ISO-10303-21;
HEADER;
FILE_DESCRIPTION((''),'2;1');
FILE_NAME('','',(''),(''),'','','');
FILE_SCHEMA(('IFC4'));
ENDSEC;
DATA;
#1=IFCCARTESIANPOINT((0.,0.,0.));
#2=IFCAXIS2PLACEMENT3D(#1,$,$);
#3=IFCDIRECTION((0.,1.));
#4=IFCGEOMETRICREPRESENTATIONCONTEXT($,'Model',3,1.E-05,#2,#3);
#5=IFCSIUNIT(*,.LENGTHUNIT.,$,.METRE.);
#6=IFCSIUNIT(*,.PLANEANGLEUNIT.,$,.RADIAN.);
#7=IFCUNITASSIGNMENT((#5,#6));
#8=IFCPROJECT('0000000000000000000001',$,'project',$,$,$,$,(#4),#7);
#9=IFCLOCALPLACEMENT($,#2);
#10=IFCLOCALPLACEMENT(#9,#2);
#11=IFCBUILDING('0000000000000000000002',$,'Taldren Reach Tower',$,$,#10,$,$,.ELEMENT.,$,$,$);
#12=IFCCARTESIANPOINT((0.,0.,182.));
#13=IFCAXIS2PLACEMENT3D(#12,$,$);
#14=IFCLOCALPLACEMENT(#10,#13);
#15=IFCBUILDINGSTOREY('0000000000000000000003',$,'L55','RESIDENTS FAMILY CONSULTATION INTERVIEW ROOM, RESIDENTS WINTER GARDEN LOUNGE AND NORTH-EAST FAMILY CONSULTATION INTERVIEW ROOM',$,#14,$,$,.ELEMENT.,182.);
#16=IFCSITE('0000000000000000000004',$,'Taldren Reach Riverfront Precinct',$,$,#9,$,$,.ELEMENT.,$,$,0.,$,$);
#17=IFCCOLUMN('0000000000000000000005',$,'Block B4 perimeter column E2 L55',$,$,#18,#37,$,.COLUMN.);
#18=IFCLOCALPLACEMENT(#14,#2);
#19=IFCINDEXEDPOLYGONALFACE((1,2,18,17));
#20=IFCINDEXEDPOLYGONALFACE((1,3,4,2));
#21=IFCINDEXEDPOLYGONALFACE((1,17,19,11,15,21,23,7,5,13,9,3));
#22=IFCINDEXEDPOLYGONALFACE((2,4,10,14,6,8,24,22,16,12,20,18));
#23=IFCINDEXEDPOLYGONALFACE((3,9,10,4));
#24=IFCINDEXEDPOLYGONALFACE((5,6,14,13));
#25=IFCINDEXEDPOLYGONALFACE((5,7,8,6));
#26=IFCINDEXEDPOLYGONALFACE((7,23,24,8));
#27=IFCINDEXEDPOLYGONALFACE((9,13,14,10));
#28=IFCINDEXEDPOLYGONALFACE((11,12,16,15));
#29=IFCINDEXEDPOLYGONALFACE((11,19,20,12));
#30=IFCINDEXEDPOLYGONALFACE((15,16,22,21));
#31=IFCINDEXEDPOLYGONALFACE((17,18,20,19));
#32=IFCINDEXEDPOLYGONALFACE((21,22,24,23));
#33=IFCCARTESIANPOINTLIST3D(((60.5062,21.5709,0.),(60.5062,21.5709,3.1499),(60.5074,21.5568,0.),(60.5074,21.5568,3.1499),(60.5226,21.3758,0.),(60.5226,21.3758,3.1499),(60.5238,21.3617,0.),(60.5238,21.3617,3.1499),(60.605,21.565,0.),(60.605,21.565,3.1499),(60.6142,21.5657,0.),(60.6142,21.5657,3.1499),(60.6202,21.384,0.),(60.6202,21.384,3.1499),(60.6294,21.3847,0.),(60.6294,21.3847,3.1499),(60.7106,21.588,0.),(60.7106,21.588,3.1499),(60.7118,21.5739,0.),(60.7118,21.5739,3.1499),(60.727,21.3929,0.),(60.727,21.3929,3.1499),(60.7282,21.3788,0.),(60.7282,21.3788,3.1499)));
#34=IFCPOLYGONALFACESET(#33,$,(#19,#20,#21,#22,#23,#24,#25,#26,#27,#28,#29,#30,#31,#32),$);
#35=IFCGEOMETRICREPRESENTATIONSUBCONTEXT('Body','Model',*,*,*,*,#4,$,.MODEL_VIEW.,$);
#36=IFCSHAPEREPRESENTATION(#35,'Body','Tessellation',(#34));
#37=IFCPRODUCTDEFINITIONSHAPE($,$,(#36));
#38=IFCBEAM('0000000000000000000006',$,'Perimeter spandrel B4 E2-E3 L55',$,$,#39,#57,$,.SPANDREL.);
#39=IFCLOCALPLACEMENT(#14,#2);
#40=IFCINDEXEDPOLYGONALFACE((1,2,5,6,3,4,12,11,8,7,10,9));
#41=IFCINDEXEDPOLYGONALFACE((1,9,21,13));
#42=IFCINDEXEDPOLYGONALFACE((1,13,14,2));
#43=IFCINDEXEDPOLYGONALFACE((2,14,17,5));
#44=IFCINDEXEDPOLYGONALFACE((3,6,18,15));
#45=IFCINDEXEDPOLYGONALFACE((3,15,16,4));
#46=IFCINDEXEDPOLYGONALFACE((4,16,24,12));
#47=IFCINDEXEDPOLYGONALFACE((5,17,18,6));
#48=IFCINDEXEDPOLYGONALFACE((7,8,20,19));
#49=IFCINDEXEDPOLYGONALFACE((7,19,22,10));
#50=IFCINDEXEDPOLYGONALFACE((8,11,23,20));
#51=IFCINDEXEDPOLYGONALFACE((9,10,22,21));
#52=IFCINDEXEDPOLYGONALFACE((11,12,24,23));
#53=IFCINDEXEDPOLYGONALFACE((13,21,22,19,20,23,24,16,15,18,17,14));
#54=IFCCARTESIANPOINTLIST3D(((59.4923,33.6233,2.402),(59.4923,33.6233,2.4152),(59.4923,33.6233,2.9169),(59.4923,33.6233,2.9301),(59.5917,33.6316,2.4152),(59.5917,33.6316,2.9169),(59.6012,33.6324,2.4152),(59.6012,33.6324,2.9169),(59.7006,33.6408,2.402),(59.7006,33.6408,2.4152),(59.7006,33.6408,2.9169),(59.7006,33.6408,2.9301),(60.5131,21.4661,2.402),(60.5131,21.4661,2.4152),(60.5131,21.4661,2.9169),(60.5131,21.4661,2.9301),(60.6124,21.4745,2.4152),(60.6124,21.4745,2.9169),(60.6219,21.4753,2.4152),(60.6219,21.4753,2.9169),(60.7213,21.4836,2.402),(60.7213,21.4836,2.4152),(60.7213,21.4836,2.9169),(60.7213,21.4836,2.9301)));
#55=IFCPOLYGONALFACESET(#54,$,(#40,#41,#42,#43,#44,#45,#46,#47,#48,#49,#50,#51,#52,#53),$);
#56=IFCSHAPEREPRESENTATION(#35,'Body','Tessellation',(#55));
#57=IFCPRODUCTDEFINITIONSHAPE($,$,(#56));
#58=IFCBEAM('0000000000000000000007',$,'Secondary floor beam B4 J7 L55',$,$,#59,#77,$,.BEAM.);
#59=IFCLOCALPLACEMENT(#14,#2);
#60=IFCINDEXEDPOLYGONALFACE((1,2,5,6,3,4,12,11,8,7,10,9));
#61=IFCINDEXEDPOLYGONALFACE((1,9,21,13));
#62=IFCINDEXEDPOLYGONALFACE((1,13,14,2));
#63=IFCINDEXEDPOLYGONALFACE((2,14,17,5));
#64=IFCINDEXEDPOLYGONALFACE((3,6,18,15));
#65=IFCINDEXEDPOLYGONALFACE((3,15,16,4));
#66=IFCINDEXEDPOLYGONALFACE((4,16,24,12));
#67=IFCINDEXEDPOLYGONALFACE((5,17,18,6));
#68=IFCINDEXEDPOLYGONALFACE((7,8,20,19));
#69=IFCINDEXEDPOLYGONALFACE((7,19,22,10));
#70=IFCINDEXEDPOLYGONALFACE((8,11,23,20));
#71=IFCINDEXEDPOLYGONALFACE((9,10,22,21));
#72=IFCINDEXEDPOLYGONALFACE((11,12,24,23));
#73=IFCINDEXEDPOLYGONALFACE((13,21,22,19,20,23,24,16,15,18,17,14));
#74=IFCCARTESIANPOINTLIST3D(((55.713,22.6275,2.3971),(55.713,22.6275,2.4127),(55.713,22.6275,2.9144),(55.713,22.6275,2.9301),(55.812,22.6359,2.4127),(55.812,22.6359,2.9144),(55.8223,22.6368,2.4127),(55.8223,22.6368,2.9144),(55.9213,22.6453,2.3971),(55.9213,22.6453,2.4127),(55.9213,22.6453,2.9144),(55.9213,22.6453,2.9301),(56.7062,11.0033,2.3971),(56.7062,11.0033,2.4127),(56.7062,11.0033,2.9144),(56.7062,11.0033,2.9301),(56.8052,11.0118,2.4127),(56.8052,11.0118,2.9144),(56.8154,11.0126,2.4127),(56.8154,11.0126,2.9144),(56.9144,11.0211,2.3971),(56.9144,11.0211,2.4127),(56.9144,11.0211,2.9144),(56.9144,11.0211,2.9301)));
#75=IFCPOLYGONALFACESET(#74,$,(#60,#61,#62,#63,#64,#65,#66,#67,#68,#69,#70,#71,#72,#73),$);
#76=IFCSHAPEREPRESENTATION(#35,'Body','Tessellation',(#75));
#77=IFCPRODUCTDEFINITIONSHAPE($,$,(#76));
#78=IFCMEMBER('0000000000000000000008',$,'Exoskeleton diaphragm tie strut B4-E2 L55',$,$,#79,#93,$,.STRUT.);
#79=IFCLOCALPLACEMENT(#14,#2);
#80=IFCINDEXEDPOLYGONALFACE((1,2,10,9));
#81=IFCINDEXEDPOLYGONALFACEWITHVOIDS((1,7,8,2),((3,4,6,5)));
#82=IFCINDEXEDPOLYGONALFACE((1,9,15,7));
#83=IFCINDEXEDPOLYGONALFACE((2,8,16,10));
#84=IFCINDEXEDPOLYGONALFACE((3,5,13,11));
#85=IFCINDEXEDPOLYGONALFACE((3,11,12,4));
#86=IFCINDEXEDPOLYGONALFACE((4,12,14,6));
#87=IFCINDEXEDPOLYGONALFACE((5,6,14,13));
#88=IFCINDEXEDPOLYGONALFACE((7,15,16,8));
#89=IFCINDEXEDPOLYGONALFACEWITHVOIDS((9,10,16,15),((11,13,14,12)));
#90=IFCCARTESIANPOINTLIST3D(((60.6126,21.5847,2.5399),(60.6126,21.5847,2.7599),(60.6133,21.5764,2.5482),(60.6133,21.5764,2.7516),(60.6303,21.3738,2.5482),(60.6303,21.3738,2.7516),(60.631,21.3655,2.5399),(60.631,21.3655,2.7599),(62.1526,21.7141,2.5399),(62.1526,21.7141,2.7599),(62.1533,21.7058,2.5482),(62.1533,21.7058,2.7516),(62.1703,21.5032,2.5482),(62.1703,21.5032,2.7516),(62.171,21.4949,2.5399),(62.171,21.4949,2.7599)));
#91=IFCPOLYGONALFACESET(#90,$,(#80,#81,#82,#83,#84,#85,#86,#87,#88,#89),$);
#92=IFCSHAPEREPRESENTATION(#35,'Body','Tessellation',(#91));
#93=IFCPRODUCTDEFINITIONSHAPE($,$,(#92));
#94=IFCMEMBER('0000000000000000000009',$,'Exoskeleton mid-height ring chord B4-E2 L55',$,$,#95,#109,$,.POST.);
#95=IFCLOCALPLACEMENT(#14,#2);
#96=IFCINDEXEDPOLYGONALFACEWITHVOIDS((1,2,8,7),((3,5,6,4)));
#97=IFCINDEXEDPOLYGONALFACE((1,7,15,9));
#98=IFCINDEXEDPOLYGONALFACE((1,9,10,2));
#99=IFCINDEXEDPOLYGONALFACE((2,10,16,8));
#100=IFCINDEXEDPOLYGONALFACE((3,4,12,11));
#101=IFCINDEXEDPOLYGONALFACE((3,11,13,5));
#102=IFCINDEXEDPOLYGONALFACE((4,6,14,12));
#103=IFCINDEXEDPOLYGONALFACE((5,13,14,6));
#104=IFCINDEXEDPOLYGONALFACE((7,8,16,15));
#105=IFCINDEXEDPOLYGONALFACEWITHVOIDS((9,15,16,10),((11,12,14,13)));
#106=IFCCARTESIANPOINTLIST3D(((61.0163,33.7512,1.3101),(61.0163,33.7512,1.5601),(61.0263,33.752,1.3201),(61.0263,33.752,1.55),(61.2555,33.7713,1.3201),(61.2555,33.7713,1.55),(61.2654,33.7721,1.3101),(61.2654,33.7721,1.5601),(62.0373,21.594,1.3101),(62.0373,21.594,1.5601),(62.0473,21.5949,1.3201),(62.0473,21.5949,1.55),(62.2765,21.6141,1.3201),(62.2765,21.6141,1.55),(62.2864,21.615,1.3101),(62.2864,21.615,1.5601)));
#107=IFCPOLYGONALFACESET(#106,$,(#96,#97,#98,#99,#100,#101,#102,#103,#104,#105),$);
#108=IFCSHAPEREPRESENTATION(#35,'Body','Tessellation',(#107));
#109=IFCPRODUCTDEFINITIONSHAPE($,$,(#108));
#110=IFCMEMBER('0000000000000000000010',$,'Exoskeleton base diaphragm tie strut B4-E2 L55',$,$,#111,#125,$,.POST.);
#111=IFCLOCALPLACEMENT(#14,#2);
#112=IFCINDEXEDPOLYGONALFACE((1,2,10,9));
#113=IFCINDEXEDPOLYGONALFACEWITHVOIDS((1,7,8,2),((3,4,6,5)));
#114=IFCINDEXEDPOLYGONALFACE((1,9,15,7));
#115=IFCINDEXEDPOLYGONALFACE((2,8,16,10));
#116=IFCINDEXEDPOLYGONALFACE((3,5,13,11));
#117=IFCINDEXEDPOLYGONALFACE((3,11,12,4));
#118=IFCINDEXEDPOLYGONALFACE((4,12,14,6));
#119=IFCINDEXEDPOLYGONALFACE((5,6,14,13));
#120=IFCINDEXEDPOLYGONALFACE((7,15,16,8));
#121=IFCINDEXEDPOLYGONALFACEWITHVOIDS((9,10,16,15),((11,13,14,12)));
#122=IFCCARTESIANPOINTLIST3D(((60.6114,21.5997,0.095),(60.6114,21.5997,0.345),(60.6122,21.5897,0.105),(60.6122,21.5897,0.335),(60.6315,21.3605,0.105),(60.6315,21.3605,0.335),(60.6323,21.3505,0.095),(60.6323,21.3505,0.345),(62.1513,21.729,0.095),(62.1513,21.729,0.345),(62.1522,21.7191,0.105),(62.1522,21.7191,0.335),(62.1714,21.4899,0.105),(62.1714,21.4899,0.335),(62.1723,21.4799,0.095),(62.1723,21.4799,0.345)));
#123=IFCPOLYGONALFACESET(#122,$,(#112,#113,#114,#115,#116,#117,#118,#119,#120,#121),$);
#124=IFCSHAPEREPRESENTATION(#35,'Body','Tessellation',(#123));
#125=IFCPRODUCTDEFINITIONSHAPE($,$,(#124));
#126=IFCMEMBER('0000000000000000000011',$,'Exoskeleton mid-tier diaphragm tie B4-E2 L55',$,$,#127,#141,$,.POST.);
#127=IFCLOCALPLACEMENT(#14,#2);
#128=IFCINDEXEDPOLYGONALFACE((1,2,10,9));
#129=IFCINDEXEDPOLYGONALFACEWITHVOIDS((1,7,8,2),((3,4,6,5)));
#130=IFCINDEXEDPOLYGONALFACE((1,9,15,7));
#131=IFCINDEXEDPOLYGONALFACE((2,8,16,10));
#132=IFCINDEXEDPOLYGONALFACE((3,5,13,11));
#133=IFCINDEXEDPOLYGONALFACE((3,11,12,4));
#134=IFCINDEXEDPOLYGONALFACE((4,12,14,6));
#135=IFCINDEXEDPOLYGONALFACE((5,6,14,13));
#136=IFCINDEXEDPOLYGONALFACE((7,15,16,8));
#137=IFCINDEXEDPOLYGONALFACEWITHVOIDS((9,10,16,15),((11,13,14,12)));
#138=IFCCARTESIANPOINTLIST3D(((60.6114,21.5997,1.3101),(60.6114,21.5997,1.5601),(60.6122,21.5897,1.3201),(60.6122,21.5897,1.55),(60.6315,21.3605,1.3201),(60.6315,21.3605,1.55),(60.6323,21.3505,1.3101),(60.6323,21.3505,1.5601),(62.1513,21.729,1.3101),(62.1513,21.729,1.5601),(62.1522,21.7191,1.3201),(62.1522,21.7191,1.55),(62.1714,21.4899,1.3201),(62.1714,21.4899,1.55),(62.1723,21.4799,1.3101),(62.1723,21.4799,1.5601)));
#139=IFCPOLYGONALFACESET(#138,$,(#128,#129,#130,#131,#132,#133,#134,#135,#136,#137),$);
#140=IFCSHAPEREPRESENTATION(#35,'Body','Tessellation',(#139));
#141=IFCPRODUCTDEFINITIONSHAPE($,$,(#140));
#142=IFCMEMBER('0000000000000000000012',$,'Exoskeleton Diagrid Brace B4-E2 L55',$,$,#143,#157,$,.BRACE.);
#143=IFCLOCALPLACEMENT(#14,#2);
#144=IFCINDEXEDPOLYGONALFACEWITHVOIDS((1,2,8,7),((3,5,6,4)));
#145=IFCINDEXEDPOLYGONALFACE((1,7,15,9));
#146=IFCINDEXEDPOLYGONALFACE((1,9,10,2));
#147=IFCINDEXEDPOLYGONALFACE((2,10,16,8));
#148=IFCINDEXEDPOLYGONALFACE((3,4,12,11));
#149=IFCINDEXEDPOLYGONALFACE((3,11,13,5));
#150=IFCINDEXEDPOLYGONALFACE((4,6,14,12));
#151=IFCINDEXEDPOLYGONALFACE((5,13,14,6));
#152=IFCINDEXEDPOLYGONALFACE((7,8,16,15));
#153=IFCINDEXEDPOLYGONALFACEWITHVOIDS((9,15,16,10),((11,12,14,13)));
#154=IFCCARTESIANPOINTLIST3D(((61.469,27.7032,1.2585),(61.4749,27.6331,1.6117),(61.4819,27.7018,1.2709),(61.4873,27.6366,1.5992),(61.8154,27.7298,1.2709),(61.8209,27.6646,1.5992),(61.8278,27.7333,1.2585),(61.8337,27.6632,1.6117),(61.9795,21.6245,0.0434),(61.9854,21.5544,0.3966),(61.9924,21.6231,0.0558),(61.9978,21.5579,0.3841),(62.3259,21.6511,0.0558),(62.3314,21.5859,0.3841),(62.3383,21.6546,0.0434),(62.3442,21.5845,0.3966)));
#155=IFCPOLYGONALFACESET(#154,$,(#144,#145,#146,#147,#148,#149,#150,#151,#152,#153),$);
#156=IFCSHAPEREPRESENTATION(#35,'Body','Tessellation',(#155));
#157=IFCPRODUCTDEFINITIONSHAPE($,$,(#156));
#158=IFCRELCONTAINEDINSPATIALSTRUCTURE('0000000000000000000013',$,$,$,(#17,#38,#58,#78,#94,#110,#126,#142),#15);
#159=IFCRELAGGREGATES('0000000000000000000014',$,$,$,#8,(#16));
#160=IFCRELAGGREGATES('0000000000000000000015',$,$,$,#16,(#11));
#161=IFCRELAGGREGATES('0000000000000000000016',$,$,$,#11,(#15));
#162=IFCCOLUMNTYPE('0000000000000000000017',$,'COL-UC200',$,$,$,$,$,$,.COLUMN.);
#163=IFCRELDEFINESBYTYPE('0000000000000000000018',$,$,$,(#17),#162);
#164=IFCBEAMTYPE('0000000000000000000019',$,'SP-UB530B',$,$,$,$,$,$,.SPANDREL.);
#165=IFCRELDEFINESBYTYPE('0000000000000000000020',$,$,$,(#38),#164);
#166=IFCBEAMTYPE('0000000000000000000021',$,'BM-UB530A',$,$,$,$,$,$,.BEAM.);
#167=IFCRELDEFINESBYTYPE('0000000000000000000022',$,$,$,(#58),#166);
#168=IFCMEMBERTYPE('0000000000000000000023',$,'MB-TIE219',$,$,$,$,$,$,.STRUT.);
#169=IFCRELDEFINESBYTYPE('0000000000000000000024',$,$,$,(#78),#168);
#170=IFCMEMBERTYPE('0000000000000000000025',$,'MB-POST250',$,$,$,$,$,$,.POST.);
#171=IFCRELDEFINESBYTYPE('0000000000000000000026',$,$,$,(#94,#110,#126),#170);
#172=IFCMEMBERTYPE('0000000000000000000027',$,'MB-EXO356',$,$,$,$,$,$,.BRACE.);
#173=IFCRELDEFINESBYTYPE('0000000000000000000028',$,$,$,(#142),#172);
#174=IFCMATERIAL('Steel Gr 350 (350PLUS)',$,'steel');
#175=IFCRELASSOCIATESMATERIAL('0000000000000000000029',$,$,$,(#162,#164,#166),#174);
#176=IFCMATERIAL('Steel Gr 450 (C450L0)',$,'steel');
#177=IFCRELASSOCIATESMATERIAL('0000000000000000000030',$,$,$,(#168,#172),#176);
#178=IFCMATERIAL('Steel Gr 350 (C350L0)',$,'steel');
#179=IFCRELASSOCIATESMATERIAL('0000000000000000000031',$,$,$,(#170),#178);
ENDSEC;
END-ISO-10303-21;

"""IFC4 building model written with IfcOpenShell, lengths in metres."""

from ifc_helpers import new_model, si_unit, direction, frame, origin, origin_2d, place, context, subcontext, project, spatial, hollow_rectangle, i_section, extrude, source, transform, mapped, material, material_profile, profile_set, type_object, element, save


model = new_model("IFC4")

# Units and contexts
model_context = context("Model", 3, precision=1e-05, world=origin(), true_north=direction((0.0, 1.0)))
body_context = subcontext(model_context, "Body", "Model", "MODEL_VIEW")
ifc_project = project(units=[si_unit("LENGTHUNIT", "METRE"), si_unit("PLANEANGLEUNIT", "RADIAN")], contexts=[model_context])

# Site, building, storey
site_placement = place(None, origin())
site = spatial("IfcSite", under=ifc_project, at=site_placement, Name="Taldren Reach Riverfront Precinct", CompositionType="ELEMENT", RefElevation=0.0)
building_placement = place(site_placement, origin())
building = spatial("IfcBuilding", under=site, at=building_placement, Name="Taldren Reach Tower", CompositionType="ELEMENT")
storey_placement = place(building_placement, frame((0.0, 0.0, 182.0)))
storey = spatial("IfcBuildingStorey", under=building, at=storey_placement, Name="L55", Description="RESIDENTS FAMILY CONSULTATION INTERVIEW ROOM, RESIDENTS WINTER GARDEN LOUNGE AND NORTH-EAST FAMILY CONSULTATION INTERVIEW ROOM", CompositionType="ELEMENT", Elevation=182.0)

# Column
ifc_material_1 = material(Name="Steel Gr 350 (350PLUS)", Category="steel")
ifc_material_profile_1 = material_profile(ifc_material_1, i_section(OverallWidth=0.2051, OverallDepth=0.21, WebThickness=0.0093, FlangeThickness=0.0142, at=origin_2d()), Name="200UC59.5")
ifc_profile_set_1 = profile_set([ifc_material_profile_1], Name="Steel Gr 350 (350PLUS)")
column_type = type_object("IfcColumnType", Name="COL-UC200", PredefinedType="COLUMN", material=ifc_profile_set_1)
shared_shape_1 = source(origin(), body_context, "Body", "SweptSolid", [
    extrude(i_section(OverallWidth=0.2051, OverallDepth=0.21, WebThickness=0.0093, FlangeThickness=0.0142, at=origin_2d()), origin(), (0.0, 0.0, 1.0), 3.1499),
])
column_placement = place(storey_placement, frame((60.6172, 21.4749, 0.0), z_axis=(0.0, 0.0, 1.0), x_axis=(0.996493, 0.083678, 0.0)))
element("IfcColumn", 1, at=column_placement, inside=storey, type_object=column_type, Name="Block B4 perimeter column E2 L55", PredefinedType="COLUMN", context=body_context, shape_type="MappedRepresentation", body=[
    mapped(shared_shape_1, transform((0.0, 0.0, 0.0), scale=1.0)),
])

# Beams
ifc_material_profile_2 = material_profile(ifc_material_1, i_section(OverallWidth=0.209, OverallDepth=0.5281, WebThickness=0.0095, FlangeThickness=0.0132, at=origin_2d()), Name="530UB82.0")
ifc_profile_set_2 = profile_set([ifc_material_profile_2], Name="Steel Gr 350 (350PLUS)")
beam_type_1 = type_object("IfcBeamType", Name="SP-UB530B", PredefinedType="SPANDREL", material=ifc_profile_set_2)
shared_shape_2 = source(origin(), body_context, "Body", "SweptSolid", [
    extrude(i_section(OverallWidth=0.209, OverallDepth=0.5281, WebThickness=0.0095, FlangeThickness=0.0132, at=origin_2d()), origin(), (0.0, 0.0, 1.0), 12.2),
])
beam_1_placement = place(storey_placement, frame((60.6172, 21.4749, 2.666), z_axis=(-0.083668, 0.996494, 0.0), x_axis=(-0.996494, -0.083668, 0.0)))
element("IfcBeam", 2, at=beam_1_placement, inside=storey, type_object=beam_type_1, Name="Perimeter spandrel B4 E2-E3 L55", PredefinedType="SPANDREL", context=body_context, shape_type="MappedRepresentation", body=[
    mapped(shared_shape_2, transform((0.0, 0.0, 0.0), scale=1.0)),
])
ifc_material_profile_3 = material_profile(ifc_material_1, i_section(OverallWidth=0.209, OverallDepth=0.533, WebThickness=0.0103, FlangeThickness=0.0156, at=origin_2d()), Name="530UB92.4")
ifc_profile_set_3 = profile_set([ifc_material_profile_3], Name="Steel Gr 350 (350PLUS)")
beam_type_2 = type_object("IfcBeamType", Name="BM-UB530A", PredefinedType="BEAM", material=ifc_profile_set_3)
shared_shape_3 = source(origin(), body_context, "Body", "SweptSolid", [
    extrude(i_section(OverallWidth=0.209, OverallDepth=0.533, WebThickness=0.0103, FlangeThickness=0.0156, at=origin_2d()), origin(), (0.0, 0.0, 1.0), 11.6665),
])
beam_2_placement = place(storey_placement, frame((56.8103, 11.0122, 2.6636), z_axis=(-0.085129, 0.99637, 0.0), x_axis=(-0.99637, -0.085129, 0.0)))
element("IfcBeam", 3, at=beam_2_placement, inside=storey, type_object=beam_type_2, Name="Secondary floor beam B4 J7 L55", PredefinedType="BEAM", context=body_context, shape_type="MappedRepresentation", body=[
    mapped(shared_shape_3, transform((0.0, 0.0, 0.0), scale=1.0)),
])

# Members
ifc_material_2 = material(Name="Steel Gr 450 (C450L0)", Category="steel")
ifc_material_profile_4 = material_profile(ifc_material_2, hollow_rectangle(XDim=0.22, YDim=0.22, WallThickness=0.0083, at=origin_2d()), Name="220x220x8.2SHS")
ifc_profile_set_4 = profile_set([ifc_material_profile_4], Name="Steel Gr 450 (C450L0)")
member_type_1 = type_object("IfcMemberType", Name="MB-TIE219", PredefinedType="STRUT", material=ifc_profile_set_4)
shared_shape_4 = source(origin(), body_context, "Body", "SweptSolid", [
    extrude(hollow_rectangle(XDim=0.22, YDim=0.22, WallThickness=0.0083, at=origin_2d()), origin(), (0.0, 0.0, 1.0), 1.5454),
])
member_1_placement = place(storey_placement, frame((60.6218, 21.4751, 2.6499), z_axis=(0.996489, 0.083725, 0.0), x_axis=(-0.083725, 0.996489, 0.0)))
element("IfcMember", 4, at=member_1_placement, inside=storey, type_object=member_type_1, Name="Exoskeleton diaphragm tie strut B4-E2 L55", PredefinedType="STRUT", context=body_context, shape_type="MappedRepresentation", body=[
    mapped(shared_shape_4, transform((0.0, 0.0, 0.0), scale=1.0)),
])
ifc_material_3 = material(Name="Steel Gr 350 (C350L0)", Category="steel")
ifc_material_profile_5 = material_profile(ifc_material_3, hollow_rectangle(XDim=0.25, YDim=0.25, WallThickness=0.01, at=origin_2d()), Name="250x250x10.0SHS")
ifc_profile_set_5 = profile_set([ifc_material_profile_5], Name="Steel Gr 350 (C350L0)")
member_type_2 = type_object("IfcMemberType", Name="MB-POST250", PredefinedType="POST", material=ifc_profile_set_5)
shared_shape_5 = source(origin(), body_context, "Body", "SweptSolid", [
    extrude(hollow_rectangle(XDim=0.25, YDim=0.25, WallThickness=0.01, at=origin_2d()), origin(), (0.0, 0.0, 1.0), 12.2),
])
member_2_placement = place(storey_placement, frame((62.1619, 21.6045, 1.4351), z_axis=(-0.083688, 0.996492, 0.0), x_axis=(-0.996492, -0.083688, 0.0)))
element("IfcMember", 5, at=member_2_placement, inside=storey, type_object=member_type_2, Name="Exoskeleton mid-height ring chord B4-E2 L55", PredefinedType="POST", context=body_context, shape_type="MappedRepresentation", body=[
    mapped(shared_shape_5, transform((0.0, 0.0, 0.0), scale=1.0)),
])
shared_shape_6 = source(origin(), body_context, "Body", "SweptSolid", [
    extrude(hollow_rectangle(XDim=0.25, YDim=0.25, WallThickness=0.01, at=origin_2d()), origin(), (0.0, 0.0, 1.0), 1.5454),
])
for number, where, z_axis, x_axis, name in (
    (6, (60.6218, 21.4751, 0.22), (0.996489, 0.083725, 0.0), (-0.083725, 0.996489, 0.0), "Exoskeleton base diaphragm tie strut B4-E2 L55"),
    (7, (60.6218, 21.4751, 1.4351), (0.996489, 0.083725, 0.0), (-0.083725, 0.996489, 0.0), "Exoskeleton mid-tier diaphragm tie B4-E2 L55"),
):
    element("IfcMember", number, at=place(storey_placement, frame(where, z_axis=z_axis, x_axis=x_axis)), inside=storey, type_object=member_type_2, Name=name, PredefinedType="POST", context=body_context, shape_type="MappedRepresentation", body=[
        mapped(shared_shape_6, transform((0.0, 0.0, 0.0), scale=1.0)),
    ])
ifc_material_profile_6 = material_profile(ifc_material_2, hollow_rectangle(XDim=0.3601, YDim=0.3601, WallThickness=0.0127, at=origin_2d()), Name="360x360x12.7SHS")
ifc_profile_set_6 = profile_set([ifc_material_profile_6], Name="Steel Gr 450 (C450L0)")
member_type_3 = type_object("IfcMemberType", Name="MB-EXO356", PredefinedType="BRACE", material=ifc_profile_set_6)
shared_shape_7 = source(origin(), body_context, "Body", "SweptSolid", [
    extrude(hollow_rectangle(XDim=0.3601, YDim=0.3601, WallThickness=0.0127, at=origin_2d()), origin(), (0.0, 0.0, 1.0), 6.22),
])
member_3_placement = place(storey_placement, frame((62.1619, 21.6045, 0.22), z_axis=(-0.082076, 0.977292, 0.195356), x_axis=(-0.996492, -0.083688, 0.0)))
element("IfcMember", 8, at=member_3_placement, inside=storey, type_object=member_type_3, Name="Exoskeleton Diagrid Brace B4-E2 L55", PredefinedType="BRACE", context=body_context, shape_type="MappedRepresentation", body=[
    mapped(shared_shape_7, transform((0.0, 0.0, 0.0), scale=1.0)),
])

save(model, "model.ifc")
